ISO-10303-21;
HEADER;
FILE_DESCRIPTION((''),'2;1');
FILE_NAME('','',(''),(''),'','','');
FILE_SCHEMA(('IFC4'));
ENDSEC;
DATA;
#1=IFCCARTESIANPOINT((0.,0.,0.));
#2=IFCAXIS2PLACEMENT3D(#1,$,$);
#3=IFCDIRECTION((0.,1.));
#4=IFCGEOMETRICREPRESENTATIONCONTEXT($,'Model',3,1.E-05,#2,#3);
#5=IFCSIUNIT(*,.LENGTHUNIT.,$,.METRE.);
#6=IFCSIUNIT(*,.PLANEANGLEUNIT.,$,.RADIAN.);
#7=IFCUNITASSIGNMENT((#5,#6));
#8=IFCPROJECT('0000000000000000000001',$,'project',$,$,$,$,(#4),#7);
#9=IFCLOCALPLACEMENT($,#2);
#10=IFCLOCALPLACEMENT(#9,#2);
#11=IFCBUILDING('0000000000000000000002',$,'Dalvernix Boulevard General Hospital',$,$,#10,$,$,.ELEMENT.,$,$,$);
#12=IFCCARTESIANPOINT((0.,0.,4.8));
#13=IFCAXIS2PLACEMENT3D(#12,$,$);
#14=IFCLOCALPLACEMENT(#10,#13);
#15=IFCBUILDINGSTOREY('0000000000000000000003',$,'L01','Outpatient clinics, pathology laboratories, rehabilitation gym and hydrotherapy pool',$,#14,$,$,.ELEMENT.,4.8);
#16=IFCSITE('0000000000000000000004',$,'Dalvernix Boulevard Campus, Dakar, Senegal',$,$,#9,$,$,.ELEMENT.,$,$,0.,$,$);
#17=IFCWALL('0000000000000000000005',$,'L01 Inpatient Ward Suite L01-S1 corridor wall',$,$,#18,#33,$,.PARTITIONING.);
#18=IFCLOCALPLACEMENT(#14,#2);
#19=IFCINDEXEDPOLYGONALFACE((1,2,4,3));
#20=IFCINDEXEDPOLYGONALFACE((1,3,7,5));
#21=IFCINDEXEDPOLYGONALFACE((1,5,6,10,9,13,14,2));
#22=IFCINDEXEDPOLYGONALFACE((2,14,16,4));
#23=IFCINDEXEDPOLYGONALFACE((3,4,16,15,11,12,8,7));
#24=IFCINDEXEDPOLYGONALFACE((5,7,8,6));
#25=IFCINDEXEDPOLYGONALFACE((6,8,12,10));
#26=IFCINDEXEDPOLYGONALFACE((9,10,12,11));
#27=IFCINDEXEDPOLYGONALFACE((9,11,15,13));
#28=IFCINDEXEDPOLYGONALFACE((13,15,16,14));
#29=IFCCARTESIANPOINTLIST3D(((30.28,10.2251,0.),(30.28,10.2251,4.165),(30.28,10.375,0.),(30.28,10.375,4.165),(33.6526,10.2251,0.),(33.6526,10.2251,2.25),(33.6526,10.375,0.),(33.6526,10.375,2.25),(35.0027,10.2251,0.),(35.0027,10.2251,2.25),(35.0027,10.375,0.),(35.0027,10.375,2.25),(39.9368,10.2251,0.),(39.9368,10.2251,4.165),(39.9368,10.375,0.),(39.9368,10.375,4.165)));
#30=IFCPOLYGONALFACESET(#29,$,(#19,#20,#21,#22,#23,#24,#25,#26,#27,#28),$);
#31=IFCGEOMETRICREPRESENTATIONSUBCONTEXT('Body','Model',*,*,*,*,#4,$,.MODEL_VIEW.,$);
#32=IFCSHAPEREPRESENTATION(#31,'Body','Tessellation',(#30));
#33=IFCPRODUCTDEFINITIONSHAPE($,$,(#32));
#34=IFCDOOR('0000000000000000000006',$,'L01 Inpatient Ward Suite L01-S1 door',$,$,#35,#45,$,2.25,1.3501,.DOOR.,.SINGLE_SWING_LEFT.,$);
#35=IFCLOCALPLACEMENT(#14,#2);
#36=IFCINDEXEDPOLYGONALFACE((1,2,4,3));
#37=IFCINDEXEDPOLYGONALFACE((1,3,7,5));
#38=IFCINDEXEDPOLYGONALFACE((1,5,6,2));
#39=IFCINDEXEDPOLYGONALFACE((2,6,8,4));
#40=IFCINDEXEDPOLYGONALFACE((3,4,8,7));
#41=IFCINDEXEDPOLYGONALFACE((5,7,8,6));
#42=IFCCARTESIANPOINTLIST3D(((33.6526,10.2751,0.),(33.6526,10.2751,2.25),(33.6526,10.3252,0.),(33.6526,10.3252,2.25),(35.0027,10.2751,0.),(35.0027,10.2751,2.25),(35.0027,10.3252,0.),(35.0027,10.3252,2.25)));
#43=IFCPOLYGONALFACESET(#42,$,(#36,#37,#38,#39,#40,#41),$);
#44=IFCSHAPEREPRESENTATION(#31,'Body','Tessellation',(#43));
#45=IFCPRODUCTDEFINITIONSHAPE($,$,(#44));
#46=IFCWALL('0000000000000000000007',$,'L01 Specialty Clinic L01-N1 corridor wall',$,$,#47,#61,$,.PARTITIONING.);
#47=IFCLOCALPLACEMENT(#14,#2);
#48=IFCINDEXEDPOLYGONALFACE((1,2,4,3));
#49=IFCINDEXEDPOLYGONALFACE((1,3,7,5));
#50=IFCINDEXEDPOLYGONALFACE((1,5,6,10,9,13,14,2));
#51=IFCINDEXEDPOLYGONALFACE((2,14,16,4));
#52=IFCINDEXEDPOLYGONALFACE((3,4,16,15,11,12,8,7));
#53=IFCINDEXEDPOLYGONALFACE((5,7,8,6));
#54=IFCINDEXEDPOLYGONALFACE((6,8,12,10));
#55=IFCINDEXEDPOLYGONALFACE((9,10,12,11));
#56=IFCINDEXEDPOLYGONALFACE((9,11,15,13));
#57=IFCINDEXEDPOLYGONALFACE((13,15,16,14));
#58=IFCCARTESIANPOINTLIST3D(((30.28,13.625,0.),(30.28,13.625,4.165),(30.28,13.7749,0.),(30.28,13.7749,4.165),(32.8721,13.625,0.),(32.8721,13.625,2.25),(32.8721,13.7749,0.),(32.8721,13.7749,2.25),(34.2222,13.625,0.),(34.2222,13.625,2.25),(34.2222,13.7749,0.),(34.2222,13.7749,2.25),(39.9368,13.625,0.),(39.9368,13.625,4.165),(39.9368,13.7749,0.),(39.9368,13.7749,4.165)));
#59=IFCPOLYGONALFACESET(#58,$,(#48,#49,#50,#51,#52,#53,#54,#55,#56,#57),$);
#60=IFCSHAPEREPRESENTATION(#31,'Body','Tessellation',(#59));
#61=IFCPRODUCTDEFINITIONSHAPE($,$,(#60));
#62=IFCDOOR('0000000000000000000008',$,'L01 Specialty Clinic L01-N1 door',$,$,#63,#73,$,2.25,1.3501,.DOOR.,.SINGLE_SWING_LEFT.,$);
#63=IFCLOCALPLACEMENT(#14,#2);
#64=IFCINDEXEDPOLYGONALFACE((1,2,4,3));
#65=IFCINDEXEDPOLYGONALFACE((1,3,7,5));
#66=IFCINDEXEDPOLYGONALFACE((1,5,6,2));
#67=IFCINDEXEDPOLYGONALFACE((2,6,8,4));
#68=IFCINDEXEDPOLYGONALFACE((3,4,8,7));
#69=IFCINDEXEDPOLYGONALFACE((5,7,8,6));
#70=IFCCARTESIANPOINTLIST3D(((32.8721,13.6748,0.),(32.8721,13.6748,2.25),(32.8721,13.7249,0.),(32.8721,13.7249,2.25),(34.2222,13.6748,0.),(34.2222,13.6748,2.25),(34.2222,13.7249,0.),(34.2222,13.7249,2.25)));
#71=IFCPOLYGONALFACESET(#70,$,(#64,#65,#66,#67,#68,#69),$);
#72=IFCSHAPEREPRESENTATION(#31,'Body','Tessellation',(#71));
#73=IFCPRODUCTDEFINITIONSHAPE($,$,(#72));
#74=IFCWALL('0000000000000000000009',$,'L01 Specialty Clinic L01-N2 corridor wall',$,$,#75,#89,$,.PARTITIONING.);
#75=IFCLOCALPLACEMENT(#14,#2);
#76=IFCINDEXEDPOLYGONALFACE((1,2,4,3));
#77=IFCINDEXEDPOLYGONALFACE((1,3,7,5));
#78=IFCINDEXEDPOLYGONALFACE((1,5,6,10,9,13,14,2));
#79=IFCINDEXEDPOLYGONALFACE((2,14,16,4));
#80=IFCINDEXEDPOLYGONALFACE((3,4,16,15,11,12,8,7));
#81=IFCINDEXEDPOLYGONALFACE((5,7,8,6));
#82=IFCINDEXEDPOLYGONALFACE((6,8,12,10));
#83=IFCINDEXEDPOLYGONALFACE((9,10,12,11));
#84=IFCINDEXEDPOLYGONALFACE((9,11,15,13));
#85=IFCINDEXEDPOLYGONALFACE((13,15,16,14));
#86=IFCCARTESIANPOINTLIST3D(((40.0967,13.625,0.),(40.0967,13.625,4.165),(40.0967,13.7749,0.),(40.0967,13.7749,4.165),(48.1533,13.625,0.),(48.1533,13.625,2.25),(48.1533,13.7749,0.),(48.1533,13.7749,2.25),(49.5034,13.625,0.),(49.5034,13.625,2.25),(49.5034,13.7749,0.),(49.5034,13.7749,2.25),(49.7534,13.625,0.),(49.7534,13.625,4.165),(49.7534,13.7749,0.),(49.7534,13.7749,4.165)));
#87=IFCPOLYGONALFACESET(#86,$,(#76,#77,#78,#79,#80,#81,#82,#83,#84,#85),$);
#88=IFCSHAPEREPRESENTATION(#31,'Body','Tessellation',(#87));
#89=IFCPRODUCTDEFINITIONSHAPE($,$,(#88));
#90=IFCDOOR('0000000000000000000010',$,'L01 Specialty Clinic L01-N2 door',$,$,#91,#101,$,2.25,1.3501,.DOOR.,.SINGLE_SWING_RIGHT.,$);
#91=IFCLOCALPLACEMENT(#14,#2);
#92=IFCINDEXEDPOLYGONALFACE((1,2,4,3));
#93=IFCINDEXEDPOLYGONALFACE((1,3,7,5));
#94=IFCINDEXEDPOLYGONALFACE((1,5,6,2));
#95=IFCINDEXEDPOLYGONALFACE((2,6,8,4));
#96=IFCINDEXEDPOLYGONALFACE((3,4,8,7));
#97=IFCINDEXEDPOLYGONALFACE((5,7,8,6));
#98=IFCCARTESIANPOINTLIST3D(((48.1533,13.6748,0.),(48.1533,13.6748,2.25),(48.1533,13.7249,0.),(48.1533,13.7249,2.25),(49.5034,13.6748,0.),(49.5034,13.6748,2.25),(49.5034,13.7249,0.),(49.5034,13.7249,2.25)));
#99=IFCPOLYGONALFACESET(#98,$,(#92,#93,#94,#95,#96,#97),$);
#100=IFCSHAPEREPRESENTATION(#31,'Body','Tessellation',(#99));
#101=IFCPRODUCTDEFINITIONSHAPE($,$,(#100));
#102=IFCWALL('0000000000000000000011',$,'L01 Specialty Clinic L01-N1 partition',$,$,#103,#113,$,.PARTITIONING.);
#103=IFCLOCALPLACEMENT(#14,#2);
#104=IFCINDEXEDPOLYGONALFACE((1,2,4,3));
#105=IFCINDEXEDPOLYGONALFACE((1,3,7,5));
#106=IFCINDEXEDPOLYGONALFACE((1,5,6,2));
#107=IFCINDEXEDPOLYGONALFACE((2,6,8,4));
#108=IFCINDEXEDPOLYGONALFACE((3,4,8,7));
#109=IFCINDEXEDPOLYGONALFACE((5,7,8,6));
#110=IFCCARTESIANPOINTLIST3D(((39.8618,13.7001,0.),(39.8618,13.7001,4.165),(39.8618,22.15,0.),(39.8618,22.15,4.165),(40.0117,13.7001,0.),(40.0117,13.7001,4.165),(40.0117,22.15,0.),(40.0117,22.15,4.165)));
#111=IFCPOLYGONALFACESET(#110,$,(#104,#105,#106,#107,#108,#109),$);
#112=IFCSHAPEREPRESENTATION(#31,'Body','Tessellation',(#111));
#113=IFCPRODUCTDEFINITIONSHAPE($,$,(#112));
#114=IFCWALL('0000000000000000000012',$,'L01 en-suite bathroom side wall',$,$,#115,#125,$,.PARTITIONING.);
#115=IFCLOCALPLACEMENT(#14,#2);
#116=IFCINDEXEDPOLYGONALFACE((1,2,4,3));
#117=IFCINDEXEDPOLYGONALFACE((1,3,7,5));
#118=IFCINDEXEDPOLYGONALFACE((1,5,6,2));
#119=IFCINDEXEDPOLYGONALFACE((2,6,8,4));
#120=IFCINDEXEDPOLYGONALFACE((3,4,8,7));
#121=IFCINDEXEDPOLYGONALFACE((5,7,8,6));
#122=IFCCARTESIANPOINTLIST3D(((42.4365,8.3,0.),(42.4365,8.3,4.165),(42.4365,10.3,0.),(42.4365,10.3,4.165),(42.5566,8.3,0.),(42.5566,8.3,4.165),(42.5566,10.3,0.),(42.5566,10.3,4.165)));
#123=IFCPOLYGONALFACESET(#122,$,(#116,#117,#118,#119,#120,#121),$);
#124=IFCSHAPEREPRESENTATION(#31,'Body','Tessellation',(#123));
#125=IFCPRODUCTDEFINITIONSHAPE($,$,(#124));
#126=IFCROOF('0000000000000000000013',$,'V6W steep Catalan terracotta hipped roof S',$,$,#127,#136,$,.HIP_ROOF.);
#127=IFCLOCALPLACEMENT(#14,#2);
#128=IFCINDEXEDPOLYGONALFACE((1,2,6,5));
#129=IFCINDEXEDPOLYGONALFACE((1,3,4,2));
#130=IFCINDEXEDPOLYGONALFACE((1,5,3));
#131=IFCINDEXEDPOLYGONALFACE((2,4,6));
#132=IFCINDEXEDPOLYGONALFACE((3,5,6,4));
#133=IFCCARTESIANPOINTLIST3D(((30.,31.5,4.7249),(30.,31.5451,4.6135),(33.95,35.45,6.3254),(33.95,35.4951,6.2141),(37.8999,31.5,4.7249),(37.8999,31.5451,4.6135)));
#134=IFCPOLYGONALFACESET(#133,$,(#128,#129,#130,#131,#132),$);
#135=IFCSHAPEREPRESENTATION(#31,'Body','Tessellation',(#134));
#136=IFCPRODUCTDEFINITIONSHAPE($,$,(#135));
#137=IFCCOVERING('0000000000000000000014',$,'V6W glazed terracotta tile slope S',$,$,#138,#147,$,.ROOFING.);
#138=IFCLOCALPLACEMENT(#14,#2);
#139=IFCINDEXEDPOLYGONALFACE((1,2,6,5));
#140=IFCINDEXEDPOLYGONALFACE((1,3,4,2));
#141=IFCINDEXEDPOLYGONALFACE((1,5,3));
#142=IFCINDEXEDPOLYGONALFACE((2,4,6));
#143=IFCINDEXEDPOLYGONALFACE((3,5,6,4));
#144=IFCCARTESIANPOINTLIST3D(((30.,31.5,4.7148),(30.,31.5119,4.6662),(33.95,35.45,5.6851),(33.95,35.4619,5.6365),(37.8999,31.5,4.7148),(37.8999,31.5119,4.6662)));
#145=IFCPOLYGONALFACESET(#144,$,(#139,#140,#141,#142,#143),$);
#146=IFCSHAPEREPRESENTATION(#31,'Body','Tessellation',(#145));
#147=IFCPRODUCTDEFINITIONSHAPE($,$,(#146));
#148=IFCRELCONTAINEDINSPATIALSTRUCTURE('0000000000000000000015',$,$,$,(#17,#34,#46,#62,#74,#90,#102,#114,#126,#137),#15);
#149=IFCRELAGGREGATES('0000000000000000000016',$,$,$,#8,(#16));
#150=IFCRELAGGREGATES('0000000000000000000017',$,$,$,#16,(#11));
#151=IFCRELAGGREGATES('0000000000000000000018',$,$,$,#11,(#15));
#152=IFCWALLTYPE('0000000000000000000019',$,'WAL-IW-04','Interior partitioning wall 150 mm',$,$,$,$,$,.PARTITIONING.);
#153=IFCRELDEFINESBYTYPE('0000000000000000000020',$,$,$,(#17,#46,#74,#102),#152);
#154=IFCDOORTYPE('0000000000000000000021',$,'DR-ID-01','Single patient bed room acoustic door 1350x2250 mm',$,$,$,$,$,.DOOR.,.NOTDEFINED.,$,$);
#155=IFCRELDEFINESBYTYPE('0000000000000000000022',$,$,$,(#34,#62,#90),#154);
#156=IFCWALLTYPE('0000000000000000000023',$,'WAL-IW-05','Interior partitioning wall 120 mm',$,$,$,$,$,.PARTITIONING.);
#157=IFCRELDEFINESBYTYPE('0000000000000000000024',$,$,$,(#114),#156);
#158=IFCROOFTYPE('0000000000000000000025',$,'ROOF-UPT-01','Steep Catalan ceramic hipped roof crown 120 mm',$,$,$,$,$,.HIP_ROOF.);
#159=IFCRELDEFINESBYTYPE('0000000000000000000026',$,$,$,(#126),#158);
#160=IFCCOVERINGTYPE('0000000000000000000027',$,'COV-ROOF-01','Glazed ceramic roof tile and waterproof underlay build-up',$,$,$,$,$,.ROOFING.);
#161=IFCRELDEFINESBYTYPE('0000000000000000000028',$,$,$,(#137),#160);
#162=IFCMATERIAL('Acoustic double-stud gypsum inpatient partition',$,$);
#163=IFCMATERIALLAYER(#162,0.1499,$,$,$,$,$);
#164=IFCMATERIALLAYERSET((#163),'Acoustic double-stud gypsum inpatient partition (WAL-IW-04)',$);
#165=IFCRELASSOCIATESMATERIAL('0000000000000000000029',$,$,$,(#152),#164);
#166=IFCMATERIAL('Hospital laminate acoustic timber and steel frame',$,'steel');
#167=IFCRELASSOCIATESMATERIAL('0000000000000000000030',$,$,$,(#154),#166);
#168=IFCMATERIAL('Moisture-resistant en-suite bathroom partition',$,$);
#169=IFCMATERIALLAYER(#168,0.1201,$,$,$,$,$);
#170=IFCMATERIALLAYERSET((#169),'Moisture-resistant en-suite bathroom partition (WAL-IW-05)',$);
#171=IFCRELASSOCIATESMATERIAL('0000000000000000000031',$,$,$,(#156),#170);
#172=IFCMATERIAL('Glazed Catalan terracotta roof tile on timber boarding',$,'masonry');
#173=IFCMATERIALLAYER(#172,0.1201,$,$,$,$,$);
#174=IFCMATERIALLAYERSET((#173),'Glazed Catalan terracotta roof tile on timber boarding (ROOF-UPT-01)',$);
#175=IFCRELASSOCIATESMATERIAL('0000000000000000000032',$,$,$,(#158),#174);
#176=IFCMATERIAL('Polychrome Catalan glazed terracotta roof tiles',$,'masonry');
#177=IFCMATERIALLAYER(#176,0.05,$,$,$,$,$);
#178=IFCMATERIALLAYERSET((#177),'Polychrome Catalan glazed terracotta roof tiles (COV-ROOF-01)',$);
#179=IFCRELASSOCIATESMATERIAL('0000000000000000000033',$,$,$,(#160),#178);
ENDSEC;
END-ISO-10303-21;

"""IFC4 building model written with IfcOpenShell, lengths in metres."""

from ifc_helpers import new_model, si_unit, direction, frame, frame_2d, origin, place, context, subcontext, project, spatial, polyline, rectangle, outline, extrude, material, layer, layer_set, type_object, element, fill, save


model = new_model("IFC4")

# Units and contexts
model_context = context("Model", 3, precision=1e-05, world=origin(), true_north=direction((0.0, 1.0)))
body_context = subcontext(model_context, "Body", "Model", "MODEL_VIEW")
ifc_project = project(units=[si_unit("LENGTHUNIT", "METRE"), si_unit("PLANEANGLEUNIT", "RADIAN")], contexts=[model_context])

# Site, building, storey
site_placement = place(None, origin())
site = spatial("IfcSite", under=ifc_project, at=site_placement, Name="Dalvernix Boulevard Campus, Dakar, Senegal", CompositionType="ELEMENT", RefElevation=0.0)
building_placement = place(site_placement, origin())
building = spatial("IfcBuilding", under=site, at=building_placement, Name="Dalvernix Boulevard General Hospital", CompositionType="ELEMENT")
storey_placement = place(building_placement, frame((0.0, 0.0, 4.8)))
storey = spatial("IfcBuildingStorey", under=building, at=storey_placement, Name="L01", Description="Outpatient clinics, pathology laboratories, rehabilitation gym and hydrotherapy pool", CompositionType="ELEMENT", Elevation=4.8)

# Walls, openings, doors
ifc_material_1 = material(Name="Acoustic double-stud gypsum inpatient partition")
ifc_layer_1 = layer(ifc_material_1, 0.1499)
ifc_layer_set_1 = layer_set([ifc_layer_1], Name="Acoustic double-stud gypsum inpatient partition (WAL-IW-04)")
wall_type_1 = type_object("IfcWallType", Name="WAL-IW-04", Description="Interior partitioning wall 150 mm", PredefinedType="PARTITIONING", material=ifc_layer_set_1)
wall_1_placement = place(storey_placement, frame((39.9368, 10.3, 0.0), z_axis=(0.0, 0.0, 1.0), x_axis=(-1.0, 0.0, 0.0)))
wall_1 = element("IfcWall", 1, at=wall_1_placement, inside=storey, type_object=wall_type_1, Name="L01 Inpatient Ward Suite L01-S1 corridor wall", PredefinedType="PARTITIONING", context=body_context, shape_type="SweptSolid", body=[
    extrude(rectangle(XDim=9.6567, YDim=0.1499, at=frame_2d((4.8284, 0.0))), origin(), (0.0, 0.0, 1.0), 4.165),
])
opening_1_placement = place(wall_1_placement, frame((4.9341, 0.0, 0.0)))
opening_1 = element("IfcOpeningElement", 2, at=opening_1_placement, cuts=wall_1, PredefinedType="OPENING", context=body_context, shape_type="SweptSolid", body=[
    extrude(rectangle(XDim=1.3501, YDim=2.25, at=frame_2d((0.675, 1.125))), frame((0.0, 0.085, 0.0), z_axis=(0.0, -1.0, 0.0), x_axis=(1.0, 0.0, 0.0)), (0.0, 0.0, 1.0), 0.1699),
])
ifc_material_2 = material(Name="Hospital laminate acoustic timber and steel frame", Category="steel")
door_type = type_object("IfcDoorType", Name="DR-ID-01", Description="Single patient bed room acoustic door 1350x2250 mm", OperationType="NOTDEFINED", PredefinedType="DOOR", material=ifc_material_2)
door_1_placement = place(opening_1_placement, origin())
door_1 = element("IfcDoor", 3, at=door_1_placement, inside=storey, type_object=door_type, Name="L01 Inpatient Ward Suite L01-S1 door", OperationType="SINGLE_SWING_LEFT", OverallHeight=2.25, OverallWidth=1.3501, PredefinedType="DOOR", context=body_context, shape_type="SweptSolid", body=[
    extrude(rectangle(XDim=1.3501, YDim=2.25, at=frame_2d((0.675, 1.125))), frame((0.0, 0.0249, 0.0), z_axis=(0.0, -1.0, 0.0), x_axis=(1.0, 0.0, 0.0)), (0.0, 0.0, 1.0), 0.05),
])
fill(opening_1, door_1)
wall_2_placement = place(storey_placement, frame((30.28, 13.7, 0.0), z_axis=(0.0, 0.0, 1.0), x_axis=(1.0, 0.0, 0.0)))
wall_2 = element("IfcWall", 4, at=wall_2_placement, inside=storey, type_object=wall_type_1, Name="L01 Specialty Clinic L01-N1 corridor wall", PredefinedType="PARTITIONING", context=body_context, shape_type="SweptSolid", body=[
    extrude(rectangle(XDim=9.6567, YDim=0.1499, at=frame_2d((4.8284, 0.0))), origin(), (0.0, 0.0, 1.0), 4.165),
])
opening_2_placement = place(wall_2_placement, frame((2.592, 0.0, 0.0)))
opening_2 = element("IfcOpeningElement", 5, at=opening_2_placement, cuts=wall_2, PredefinedType="OPENING", context=body_context, shape_type="SweptSolid", body=[
    extrude(rectangle(XDim=1.3501, YDim=2.25, at=frame_2d((0.675, 1.125))), frame((0.0, 0.085, 0.0), z_axis=(0.0, -1.0, 0.0), x_axis=(1.0, 0.0, 0.0)), (0.0, 0.0, 1.0), 0.1699),
])
door_2_placement = place(opening_2_placement, origin())
door_2 = element("IfcDoor", 6, at=door_2_placement, inside=storey, type_object=door_type, Name="L01 Specialty Clinic L01-N1 door", OperationType="SINGLE_SWING_LEFT", OverallHeight=2.25, OverallWidth=1.3501, PredefinedType="DOOR", context=body_context, shape_type="SweptSolid", body=[
    extrude(rectangle(XDim=1.3501, YDim=2.25, at=frame_2d((0.675, 1.125))), frame((0.0, 0.0249, 0.0), z_axis=(0.0, -1.0, 0.0), x_axis=(1.0, 0.0, 0.0)), (0.0, 0.0, 1.0), 0.05),
])
fill(opening_2, door_2)
wall_3_placement = place(storey_placement, frame((40.0967, 13.7, 0.0), z_axis=(0.0, 0.0, 1.0), x_axis=(1.0, 0.0, 0.0)))
wall_3 = element("IfcWall", 7, at=wall_3_placement, inside=storey, type_object=wall_type_1, Name="L01 Specialty Clinic L01-N2 corridor wall", PredefinedType="PARTITIONING", context=body_context, shape_type="SweptSolid", body=[
    extrude(rectangle(XDim=9.6567, YDim=0.1499, at=frame_2d((4.8284, 0.0))), origin(), (0.0, 0.0, 1.0), 4.165),
])
opening_3_placement = place(wall_3_placement, frame((8.0566, 0.0, 0.0)))
opening_3 = element("IfcOpeningElement", 8, at=opening_3_placement, cuts=wall_3, PredefinedType="OPENING", context=body_context, shape_type="SweptSolid", body=[
    extrude(rectangle(XDim=1.3501, YDim=2.25, at=frame_2d((0.675, 1.125))), frame((0.0, 0.085, 0.0), z_axis=(0.0, -1.0, 0.0), x_axis=(1.0, 0.0, 0.0)), (0.0, 0.0, 1.0), 0.1699),
])
door_3_placement = place(opening_3_placement, origin())
door_3 = element("IfcDoor", 9, at=door_3_placement, inside=storey, type_object=door_type, Name="L01 Specialty Clinic L01-N2 door", OperationType="SINGLE_SWING_RIGHT", OverallHeight=2.25, OverallWidth=1.3501, PredefinedType="DOOR", context=body_context, shape_type="SweptSolid", body=[
    extrude(rectangle(XDim=1.3501, YDim=2.25, at=frame_2d((0.675, 1.125))), frame((0.0, 0.0249, 0.0), z_axis=(0.0, -1.0, 0.0), x_axis=(1.0, 0.0, 0.0)), (0.0, 0.0, 1.0), 0.05),
])
fill(opening_3, door_3)

# Walls
wall_4_placement = place(storey_placement, frame((39.9368, 13.7, 0.0), z_axis=(0.0, 0.0, 1.0), x_axis=(0.0, 1.0, 0.0)))
element("IfcWall", 10, at=wall_4_placement, inside=storey, type_object=wall_type_1, Name="L01 Specialty Clinic L01-N1 partition", PredefinedType="PARTITIONING", context=body_context, shape_type="SweptSolid", body=[
    extrude(rectangle(XDim=8.45, YDim=0.1499, at=frame_2d((4.2251, 0.0))), origin(), (0.0, 0.0, 1.0), 4.165),
])
ifc_material_3 = material(Name="Moisture-resistant en-suite bathroom partition")
ifc_layer_2 = layer(ifc_material_3, 0.1201)
ifc_layer_set_2 = layer_set([ifc_layer_2], Name="Moisture-resistant en-suite bathroom partition (WAL-IW-05)")
wall_type_2 = type_object("IfcWallType", Name="WAL-IW-05", Description="Interior partitioning wall 120 mm", PredefinedType="PARTITIONING", material=ifc_layer_set_2)
wall_5_placement = place(storey_placement, frame((42.4966, 8.3, 0.0), z_axis=(0.0, 0.0, 1.0), x_axis=(0.0, 1.0, 0.0)))
element("IfcWall", 11, at=wall_5_placement, inside=storey, type_object=wall_type_2, Name="L01 en-suite bathroom side wall", PredefinedType="PARTITIONING", context=body_context, shape_type="SweptSolid", body=[
    extrude(rectangle(XDim=2.0, YDim=0.1201, at=frame_2d((1.0, 0.0))), origin(), (0.0, 0.0, 1.0), 4.165),
])

# Roof
ifc_material_4 = material(Name="Glazed Catalan terracotta roof tile on timber boarding", Category="masonry")
ifc_layer_3 = layer(ifc_material_4, 0.1201)
ifc_layer_set_3 = layer_set([ifc_layer_3], Name="Glazed Catalan terracotta roof tile on timber boarding (ROOF-UPT-01)")
roof_type = type_object("IfcRoofType", Name="ROOF-UPT-01", Description="Steep Catalan ceramic hipped roof crown 120 mm", PredefinedType="HIP_ROOF", material=ifc_layer_set_3)
roof_placement = place(storey_placement, frame((30.0, 31.5, 4.7249), z_axis=(0.0, -0.375555, 0.9268), x_axis=(1.0, 0.0, 0.0)))
element("IfcRoof", 12, at=roof_placement, inside=storey, type_object=roof_type, Name="V6W steep Catalan terracotta hipped roof S", PredefinedType="HIP_ROOF", context=body_context, shape_type="SweptSolid", body=[
    extrude(outline(polyline([(0.0, 0.0), (7.8999, 0.0), (3.95, 4.2619), (0.0, 0.0)])), origin(), (0.0, 0.0, -1.0), 0.1201),
])

# Covering
ifc_material_5 = material(Name="Polychrome Catalan glazed terracotta roof tiles", Category="masonry")
ifc_layer_4 = layer(ifc_material_5, 0.05)
ifc_layer_set_4 = layer_set([ifc_layer_4], Name="Polychrome Catalan glazed terracotta roof tiles (COV-ROOF-01)")
covering_type = type_object("IfcCoveringType", Name="COV-ROOF-01", Description="Glazed ceramic roof tile and waterproof underlay build-up", PredefinedType="ROOFING", material=ifc_layer_set_4)
covering_placement = place(storey_placement, frame((30.0, 31.5, 4.7148), z_axis=(0.0, -0.238537, 0.971133), x_axis=(1.0, 0.0, 0.0)))
element("IfcCovering", 13, at=covering_placement, inside=storey, type_object=covering_type, Name="V6W glazed terracotta tile slope S", PredefinedType="ROOFING", context=body_context, shape_type="SweptSolid", body=[
    extrude(outline(polyline([(0.0, 0.0), (7.8999, 0.0), (3.95, 4.0674), (0.0, 0.0)])), origin(), (0.0, 0.0, -1.0), 0.05),
])

save(model, "model.ifc")
